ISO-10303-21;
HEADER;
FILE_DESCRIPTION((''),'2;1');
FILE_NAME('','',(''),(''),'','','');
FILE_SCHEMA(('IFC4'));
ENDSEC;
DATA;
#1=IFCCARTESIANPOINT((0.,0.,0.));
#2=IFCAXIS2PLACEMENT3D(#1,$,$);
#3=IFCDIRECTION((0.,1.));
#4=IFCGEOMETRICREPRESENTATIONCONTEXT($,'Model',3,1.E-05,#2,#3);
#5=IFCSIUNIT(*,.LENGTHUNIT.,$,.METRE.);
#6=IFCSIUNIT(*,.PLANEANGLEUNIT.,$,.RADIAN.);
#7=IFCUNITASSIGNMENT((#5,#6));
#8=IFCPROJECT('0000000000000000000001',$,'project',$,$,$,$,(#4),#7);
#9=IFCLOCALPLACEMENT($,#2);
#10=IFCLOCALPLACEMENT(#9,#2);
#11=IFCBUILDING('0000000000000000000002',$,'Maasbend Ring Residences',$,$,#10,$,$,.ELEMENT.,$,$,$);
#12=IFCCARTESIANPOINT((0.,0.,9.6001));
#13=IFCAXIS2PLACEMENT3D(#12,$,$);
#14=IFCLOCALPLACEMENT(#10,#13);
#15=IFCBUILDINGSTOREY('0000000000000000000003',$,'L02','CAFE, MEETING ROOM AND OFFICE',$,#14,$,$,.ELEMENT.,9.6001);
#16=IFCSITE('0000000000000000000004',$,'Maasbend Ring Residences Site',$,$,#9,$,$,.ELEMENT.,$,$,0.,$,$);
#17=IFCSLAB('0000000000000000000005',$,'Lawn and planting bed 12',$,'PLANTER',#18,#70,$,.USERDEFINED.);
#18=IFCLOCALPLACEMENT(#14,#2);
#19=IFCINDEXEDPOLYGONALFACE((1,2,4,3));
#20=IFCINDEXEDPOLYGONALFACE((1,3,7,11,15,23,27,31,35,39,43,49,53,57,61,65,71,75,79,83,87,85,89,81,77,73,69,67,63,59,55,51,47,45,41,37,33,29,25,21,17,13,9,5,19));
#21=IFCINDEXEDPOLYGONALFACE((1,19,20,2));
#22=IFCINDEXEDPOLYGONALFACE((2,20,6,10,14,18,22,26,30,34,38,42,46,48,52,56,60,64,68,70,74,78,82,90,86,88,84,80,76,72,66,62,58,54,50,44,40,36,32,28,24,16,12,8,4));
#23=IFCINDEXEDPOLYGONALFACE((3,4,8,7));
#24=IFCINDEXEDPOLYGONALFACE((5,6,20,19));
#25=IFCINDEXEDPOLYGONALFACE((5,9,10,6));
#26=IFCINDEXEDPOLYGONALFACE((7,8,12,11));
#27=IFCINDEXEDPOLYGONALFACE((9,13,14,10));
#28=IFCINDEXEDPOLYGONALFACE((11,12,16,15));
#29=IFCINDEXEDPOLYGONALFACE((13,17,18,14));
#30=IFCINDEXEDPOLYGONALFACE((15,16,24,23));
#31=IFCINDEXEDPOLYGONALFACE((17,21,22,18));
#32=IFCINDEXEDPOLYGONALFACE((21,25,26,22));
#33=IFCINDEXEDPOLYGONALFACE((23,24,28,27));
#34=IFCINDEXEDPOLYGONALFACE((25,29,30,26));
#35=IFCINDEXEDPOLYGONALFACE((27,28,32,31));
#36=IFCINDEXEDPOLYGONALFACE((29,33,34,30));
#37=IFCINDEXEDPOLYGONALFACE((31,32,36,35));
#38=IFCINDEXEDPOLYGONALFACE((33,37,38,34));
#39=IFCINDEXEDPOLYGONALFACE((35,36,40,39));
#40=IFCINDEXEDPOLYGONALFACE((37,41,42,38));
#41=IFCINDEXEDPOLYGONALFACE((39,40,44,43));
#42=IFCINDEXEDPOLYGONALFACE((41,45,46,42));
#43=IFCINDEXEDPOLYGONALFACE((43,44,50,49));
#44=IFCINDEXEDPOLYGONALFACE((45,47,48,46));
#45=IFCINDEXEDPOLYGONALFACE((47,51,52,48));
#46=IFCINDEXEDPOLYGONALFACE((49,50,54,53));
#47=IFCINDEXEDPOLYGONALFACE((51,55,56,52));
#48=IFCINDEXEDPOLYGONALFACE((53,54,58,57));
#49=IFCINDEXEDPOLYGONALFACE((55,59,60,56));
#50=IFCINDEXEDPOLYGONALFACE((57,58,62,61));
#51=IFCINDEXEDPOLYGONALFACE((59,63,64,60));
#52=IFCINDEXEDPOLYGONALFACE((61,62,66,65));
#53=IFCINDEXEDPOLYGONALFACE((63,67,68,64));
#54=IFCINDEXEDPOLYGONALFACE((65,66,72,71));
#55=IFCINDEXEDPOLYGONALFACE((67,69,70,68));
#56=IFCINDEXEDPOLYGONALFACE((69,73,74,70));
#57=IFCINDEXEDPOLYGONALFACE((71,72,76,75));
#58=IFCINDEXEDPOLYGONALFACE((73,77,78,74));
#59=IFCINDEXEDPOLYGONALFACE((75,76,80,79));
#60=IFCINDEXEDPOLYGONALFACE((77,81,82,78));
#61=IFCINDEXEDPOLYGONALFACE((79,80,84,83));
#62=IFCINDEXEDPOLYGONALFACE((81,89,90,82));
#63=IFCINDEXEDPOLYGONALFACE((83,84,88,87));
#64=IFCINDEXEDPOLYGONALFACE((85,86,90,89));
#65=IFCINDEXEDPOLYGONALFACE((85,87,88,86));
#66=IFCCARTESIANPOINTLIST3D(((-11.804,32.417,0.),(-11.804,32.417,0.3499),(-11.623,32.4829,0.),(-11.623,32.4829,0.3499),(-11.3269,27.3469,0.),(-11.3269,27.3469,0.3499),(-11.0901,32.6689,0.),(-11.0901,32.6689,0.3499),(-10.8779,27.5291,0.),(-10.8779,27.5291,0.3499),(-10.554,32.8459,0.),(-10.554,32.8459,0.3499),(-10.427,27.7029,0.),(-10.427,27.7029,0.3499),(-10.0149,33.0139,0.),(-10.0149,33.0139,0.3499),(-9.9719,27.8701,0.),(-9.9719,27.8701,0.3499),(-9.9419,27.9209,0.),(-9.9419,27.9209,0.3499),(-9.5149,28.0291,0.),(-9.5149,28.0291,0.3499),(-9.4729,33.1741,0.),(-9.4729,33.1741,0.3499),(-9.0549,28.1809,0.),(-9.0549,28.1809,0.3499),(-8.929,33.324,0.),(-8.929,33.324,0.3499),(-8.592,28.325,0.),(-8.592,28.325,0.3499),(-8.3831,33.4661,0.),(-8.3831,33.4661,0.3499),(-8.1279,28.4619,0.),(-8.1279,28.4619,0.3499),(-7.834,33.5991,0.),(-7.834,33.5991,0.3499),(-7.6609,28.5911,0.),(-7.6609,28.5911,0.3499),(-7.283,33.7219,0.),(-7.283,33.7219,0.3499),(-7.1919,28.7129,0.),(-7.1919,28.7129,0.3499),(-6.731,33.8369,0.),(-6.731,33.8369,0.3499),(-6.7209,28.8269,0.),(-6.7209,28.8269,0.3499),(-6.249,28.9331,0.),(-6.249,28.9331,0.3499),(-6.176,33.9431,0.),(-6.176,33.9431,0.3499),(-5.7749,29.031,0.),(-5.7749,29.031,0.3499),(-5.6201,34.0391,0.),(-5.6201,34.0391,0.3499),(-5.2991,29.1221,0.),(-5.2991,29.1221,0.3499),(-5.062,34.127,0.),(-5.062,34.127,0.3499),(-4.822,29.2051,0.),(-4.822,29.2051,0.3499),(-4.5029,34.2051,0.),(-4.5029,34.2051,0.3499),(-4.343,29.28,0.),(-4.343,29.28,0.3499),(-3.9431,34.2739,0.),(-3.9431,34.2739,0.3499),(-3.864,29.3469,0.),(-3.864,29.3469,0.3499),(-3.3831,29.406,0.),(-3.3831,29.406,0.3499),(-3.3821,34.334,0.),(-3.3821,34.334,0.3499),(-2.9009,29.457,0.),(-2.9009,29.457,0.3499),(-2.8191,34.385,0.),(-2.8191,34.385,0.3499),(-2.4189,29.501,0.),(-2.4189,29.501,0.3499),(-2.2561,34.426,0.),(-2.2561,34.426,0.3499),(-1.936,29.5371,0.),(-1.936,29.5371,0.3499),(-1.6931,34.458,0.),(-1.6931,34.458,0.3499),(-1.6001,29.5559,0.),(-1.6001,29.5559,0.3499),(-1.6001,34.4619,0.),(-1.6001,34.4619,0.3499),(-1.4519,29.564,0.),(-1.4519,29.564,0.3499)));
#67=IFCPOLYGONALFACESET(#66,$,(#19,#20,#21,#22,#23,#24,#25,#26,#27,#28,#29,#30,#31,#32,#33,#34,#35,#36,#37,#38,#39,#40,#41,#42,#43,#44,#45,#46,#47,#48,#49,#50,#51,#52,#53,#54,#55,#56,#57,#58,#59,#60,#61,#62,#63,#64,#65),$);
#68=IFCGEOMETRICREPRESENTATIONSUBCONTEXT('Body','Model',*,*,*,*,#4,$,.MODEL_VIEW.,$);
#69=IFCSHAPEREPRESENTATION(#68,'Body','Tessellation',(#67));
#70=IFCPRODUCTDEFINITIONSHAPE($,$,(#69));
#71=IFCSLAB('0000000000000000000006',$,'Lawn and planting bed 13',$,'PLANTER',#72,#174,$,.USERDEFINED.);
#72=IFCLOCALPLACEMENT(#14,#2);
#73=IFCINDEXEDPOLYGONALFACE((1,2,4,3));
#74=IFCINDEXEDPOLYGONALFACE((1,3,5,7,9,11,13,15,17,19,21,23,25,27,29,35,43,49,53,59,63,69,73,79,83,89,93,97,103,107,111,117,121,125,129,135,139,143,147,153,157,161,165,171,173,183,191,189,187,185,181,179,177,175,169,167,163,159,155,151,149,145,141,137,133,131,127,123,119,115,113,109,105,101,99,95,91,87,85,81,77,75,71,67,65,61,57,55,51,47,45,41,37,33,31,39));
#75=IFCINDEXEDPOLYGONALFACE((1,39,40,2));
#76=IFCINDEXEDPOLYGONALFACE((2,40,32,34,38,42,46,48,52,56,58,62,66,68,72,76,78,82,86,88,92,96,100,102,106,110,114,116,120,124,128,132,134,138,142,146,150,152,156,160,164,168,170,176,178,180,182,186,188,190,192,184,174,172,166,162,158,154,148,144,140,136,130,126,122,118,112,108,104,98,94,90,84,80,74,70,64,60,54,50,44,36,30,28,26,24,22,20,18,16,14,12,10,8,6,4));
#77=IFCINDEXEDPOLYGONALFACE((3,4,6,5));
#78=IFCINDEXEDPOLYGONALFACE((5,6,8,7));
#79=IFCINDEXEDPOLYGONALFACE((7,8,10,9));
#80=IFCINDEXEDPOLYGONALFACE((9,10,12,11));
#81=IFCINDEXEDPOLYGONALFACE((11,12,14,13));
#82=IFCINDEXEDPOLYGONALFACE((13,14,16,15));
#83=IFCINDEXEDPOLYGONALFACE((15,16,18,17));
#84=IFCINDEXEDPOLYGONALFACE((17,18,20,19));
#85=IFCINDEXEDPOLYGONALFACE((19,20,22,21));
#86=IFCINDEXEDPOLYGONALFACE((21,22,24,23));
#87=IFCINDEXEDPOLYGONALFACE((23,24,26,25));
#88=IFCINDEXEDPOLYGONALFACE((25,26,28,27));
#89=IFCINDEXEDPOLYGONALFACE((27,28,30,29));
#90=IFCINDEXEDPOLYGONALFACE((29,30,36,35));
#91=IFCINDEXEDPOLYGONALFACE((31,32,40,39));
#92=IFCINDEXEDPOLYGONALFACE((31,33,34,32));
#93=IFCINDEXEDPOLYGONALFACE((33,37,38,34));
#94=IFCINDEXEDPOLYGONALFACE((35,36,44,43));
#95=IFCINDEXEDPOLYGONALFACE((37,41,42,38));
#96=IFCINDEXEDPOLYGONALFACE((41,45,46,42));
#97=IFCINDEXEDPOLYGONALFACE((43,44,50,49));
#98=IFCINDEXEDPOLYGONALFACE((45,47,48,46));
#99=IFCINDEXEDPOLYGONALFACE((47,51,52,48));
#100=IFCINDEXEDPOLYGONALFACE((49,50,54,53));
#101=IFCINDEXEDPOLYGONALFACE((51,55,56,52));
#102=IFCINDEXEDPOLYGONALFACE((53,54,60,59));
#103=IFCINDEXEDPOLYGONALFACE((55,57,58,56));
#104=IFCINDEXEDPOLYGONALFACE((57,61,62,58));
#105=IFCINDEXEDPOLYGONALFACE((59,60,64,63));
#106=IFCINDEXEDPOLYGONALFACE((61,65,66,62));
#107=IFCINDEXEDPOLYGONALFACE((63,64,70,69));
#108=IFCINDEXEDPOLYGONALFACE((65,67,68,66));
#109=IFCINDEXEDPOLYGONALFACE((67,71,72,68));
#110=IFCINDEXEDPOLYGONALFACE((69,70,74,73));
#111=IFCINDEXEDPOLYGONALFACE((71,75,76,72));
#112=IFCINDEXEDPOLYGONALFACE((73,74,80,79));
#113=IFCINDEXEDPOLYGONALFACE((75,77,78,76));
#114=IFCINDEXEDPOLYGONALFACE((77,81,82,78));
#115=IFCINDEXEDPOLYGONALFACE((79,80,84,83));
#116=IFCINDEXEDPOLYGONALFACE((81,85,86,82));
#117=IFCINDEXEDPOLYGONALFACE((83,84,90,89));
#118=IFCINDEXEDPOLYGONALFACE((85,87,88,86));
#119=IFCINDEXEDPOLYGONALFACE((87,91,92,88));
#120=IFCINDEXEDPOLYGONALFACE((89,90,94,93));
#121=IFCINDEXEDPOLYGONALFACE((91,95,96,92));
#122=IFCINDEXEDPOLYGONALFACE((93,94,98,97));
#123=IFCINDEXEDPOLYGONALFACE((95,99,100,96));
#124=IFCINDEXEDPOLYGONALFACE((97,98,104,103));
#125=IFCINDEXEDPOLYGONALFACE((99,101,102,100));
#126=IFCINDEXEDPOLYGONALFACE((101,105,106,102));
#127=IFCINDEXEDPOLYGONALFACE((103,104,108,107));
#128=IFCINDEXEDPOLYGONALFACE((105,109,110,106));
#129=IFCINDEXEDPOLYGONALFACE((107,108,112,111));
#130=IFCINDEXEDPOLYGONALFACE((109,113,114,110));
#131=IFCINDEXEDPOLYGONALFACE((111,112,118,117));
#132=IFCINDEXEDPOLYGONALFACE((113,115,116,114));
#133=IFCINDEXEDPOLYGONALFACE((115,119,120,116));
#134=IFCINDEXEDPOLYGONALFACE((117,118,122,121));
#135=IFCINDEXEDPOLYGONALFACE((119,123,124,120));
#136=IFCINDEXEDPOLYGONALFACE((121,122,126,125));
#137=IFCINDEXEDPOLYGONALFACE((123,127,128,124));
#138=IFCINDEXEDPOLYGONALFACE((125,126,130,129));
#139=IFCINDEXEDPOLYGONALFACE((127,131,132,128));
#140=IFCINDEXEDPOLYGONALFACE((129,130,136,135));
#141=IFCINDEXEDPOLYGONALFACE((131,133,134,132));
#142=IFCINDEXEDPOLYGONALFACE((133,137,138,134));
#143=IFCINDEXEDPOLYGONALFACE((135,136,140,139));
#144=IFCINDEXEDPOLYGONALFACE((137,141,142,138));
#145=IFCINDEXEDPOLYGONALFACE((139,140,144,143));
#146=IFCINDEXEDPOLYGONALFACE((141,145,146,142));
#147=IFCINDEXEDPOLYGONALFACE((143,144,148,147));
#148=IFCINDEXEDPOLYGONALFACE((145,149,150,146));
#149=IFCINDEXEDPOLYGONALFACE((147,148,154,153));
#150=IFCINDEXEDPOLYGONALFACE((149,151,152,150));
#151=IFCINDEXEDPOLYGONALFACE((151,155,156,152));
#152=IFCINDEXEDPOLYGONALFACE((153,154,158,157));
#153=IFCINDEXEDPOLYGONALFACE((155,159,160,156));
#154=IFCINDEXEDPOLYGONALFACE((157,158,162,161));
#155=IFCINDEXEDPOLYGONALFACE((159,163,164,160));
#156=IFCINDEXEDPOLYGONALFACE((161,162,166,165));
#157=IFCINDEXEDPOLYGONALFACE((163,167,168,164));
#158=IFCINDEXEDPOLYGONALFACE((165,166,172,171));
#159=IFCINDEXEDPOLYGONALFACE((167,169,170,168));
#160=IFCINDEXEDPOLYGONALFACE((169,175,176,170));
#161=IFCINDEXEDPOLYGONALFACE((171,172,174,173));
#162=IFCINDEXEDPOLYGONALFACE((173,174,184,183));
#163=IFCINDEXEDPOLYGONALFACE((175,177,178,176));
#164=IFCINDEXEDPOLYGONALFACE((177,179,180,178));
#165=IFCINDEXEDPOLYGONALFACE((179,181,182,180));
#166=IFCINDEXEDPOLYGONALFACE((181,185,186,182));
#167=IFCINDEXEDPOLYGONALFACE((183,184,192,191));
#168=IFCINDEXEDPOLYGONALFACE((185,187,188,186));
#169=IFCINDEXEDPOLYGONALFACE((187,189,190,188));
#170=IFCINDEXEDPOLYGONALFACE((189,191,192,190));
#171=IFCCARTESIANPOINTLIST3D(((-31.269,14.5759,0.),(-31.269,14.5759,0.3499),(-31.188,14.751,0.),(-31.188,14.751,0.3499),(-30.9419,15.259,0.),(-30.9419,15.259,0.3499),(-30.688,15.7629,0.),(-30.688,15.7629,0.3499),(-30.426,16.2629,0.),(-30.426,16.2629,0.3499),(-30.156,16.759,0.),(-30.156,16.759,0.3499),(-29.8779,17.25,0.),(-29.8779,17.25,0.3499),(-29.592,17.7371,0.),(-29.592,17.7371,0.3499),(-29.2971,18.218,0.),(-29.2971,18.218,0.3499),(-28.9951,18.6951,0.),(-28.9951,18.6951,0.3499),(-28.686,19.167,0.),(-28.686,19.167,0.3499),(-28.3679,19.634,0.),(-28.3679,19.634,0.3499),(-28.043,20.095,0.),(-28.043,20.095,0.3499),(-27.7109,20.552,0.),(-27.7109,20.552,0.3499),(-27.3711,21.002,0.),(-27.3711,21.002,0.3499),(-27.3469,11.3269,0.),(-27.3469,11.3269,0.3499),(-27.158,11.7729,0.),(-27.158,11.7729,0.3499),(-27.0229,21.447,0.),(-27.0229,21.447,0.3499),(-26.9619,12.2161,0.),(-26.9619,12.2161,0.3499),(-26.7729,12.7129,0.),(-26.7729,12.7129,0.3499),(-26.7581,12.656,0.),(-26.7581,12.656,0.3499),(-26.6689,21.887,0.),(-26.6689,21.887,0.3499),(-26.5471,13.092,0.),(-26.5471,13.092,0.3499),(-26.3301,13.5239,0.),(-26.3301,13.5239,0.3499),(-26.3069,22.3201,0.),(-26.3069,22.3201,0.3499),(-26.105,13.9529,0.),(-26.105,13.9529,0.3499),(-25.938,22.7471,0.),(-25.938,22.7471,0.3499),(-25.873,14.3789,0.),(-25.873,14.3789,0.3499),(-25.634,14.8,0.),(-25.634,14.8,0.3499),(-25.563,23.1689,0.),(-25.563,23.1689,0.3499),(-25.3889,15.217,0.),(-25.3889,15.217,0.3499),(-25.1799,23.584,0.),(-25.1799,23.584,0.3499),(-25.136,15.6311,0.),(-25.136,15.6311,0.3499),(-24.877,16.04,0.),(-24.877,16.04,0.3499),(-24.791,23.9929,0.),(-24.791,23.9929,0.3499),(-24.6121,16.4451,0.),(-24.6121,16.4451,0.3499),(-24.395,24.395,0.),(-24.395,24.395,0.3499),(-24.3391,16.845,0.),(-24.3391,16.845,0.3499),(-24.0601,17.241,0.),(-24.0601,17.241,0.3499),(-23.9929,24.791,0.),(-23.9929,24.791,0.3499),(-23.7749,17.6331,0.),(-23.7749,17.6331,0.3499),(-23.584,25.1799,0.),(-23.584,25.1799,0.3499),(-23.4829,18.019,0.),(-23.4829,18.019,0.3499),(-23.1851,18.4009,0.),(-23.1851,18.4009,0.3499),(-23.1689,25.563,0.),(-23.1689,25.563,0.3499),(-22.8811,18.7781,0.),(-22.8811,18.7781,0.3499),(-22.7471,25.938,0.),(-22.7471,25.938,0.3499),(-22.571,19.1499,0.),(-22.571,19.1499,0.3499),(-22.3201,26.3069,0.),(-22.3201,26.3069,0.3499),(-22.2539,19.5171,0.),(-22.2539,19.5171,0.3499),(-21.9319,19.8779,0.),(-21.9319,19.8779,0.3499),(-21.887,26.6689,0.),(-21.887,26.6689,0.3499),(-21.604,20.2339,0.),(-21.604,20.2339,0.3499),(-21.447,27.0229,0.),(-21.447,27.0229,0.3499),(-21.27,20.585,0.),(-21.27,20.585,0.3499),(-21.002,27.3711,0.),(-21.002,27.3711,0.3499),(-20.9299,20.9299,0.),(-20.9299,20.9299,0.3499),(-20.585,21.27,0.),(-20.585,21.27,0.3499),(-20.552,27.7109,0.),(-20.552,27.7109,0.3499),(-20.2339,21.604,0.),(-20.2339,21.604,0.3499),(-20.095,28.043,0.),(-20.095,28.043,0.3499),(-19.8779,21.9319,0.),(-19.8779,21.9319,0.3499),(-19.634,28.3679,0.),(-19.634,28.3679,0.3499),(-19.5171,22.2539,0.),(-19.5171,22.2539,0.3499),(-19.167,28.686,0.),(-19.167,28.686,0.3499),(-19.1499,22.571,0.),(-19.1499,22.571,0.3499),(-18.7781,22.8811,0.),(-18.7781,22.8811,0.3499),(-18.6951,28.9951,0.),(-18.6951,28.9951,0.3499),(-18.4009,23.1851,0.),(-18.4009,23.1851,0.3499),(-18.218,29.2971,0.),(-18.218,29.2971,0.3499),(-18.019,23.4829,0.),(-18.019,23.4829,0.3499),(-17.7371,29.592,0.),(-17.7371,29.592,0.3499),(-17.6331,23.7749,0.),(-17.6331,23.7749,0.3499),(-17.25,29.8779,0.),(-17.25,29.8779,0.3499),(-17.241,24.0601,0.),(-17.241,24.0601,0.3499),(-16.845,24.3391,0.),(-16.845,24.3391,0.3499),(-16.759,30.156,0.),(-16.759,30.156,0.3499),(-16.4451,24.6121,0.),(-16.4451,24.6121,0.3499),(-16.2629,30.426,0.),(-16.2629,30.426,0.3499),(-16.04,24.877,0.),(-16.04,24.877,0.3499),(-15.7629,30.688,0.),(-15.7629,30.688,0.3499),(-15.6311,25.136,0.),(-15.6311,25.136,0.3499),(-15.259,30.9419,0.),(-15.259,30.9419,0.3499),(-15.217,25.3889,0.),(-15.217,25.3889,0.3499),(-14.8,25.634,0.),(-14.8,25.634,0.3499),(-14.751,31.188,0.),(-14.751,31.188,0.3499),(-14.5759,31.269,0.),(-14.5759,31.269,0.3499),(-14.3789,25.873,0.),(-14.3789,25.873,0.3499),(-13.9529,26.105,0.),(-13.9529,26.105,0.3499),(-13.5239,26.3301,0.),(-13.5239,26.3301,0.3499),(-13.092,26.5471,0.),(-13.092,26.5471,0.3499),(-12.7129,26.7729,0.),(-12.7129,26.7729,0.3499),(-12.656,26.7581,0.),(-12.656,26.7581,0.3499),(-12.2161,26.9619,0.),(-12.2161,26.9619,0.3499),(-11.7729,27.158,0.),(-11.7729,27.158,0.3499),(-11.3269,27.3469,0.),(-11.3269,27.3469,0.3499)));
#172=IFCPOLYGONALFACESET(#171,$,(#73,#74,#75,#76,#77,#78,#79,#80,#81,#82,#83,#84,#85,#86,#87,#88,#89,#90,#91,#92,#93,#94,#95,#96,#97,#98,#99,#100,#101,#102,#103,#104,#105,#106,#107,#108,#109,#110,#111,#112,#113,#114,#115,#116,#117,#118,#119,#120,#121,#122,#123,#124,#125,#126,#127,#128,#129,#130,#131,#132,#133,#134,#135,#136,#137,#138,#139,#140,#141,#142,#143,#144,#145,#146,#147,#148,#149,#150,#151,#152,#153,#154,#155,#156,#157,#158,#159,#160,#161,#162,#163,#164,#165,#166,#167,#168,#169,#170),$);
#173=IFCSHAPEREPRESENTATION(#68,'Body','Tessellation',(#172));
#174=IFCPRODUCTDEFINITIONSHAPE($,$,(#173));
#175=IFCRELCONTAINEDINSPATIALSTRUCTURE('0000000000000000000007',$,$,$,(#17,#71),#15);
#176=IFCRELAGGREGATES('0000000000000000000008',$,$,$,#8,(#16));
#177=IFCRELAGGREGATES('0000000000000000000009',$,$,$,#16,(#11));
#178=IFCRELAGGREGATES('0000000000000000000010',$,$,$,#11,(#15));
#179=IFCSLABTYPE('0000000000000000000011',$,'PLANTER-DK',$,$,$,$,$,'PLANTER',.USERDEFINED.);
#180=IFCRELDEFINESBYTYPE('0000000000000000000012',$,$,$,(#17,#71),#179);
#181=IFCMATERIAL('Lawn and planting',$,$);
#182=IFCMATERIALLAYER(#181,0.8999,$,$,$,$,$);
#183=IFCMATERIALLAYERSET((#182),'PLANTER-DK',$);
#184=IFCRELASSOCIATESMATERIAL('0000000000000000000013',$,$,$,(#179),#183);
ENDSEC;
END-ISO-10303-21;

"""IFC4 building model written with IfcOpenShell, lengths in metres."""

from ifc_helpers import new_model, si_unit, direction, frame, origin, place, context, subcontext, project, spatial, polyline, outline, extrude, material, layer, layer_set, type_object, element, save


model = new_model("IFC4")

# Units and contexts
model_context = context("Model", 3, precision=1e-05, world=origin(), true_north=direction((0.0, 1.0)))
body_context = subcontext(model_context, "Body", "Model", "MODEL_VIEW")
ifc_project = project(units=[si_unit("LENGTHUNIT", "METRE"), si_unit("PLANEANGLEUNIT", "RADIAN")], contexts=[model_context])

# Site, building, storey
site_placement = place(None, origin())
site = spatial("IfcSite", under=ifc_project, at=site_placement, Name="Maasbend Ring Residences Site", CompositionType="ELEMENT", RefElevation=0.0)
building_placement = place(site_placement, origin())
building = spatial("IfcBuilding", under=site, at=building_placement, Name="Maasbend Ring Residences", CompositionType="ELEMENT")
storey_placement = place(building_placement, frame((0.0, 0.0, 9.6001)))
storey = spatial("IfcBuildingStorey", under=building, at=storey_placement, Name="L02", Description="CAFE, MEETING ROOM AND OFFICE", CompositionType="ELEMENT", Elevation=9.6001)

# Slabs
ifc_material = material(Name="Lawn and planting")
ifc_layer = layer(ifc_material, 0.8999)
ifc_layer_set = layer_set([ifc_layer], Name="PLANTER-DK")
slab_type = type_object("IfcSlabType", Name="PLANTER-DK", ElementType="PLANTER", PredefinedType="USERDEFINED", material=ifc_layer_set)
slab_1_placement = place(storey_placement, origin())
element("IfcSlab", 1, at=slab_1_placement, inside=storey, type_object=slab_type, Name="Lawn and planting bed 12", ObjectType="PLANTER", PredefinedType="USERDEFINED", context=body_context, shape_type="SweptSolid", body=[
    extrude(outline(polyline([(-2.4189, 29.501), (-2.9009, 29.457), (-3.3831, 29.406), (-3.864, 29.3469), (-4.343, 29.28), (-4.822, 29.2051), (-5.2991, 29.1221), (-5.7749, 29.031), (-6.249, 28.9331), (-6.7209, 28.8269), (-7.1919, 28.7129), (-7.6609, 28.5911), (-8.1279, 28.4619), (-8.592, 28.325), (-9.0549, 28.1809), (-9.5149, 28.0291), (-9.9719, 27.8701), (-10.427, 27.7029), (-10.8779, 27.5291), (-11.3269, 27.3469), (-9.9419, 27.9209), (-11.804, 32.417), (-11.623, 32.4829), (-11.0901, 32.6689), (-10.554, 32.8459), (-10.0149, 33.0139), (-9.4729, 33.1741), (-8.929, 33.324), (-8.3831, 33.4661), (-7.834, 33.5991), (-7.283, 33.7219), (-6.731, 33.8369), (-6.176, 33.9431), (-5.6201, 34.0391), (-5.062, 34.127), (-4.5029, 34.2051), (-3.9431, 34.2739), (-3.3821, 34.334), (-2.8191, 34.385), (-2.2561, 34.426), (-1.6931, 34.458), (-1.6001, 34.4619), (-1.6001, 29.5559), (-1.4519, 29.564), (-1.936, 29.5371), (-2.4189, 29.501)])), origin(), (0.0, 0.0, 1.0), 0.3499),
])
slab_2_placement = place(storey_placement, origin())
element("IfcSlab", 2, at=slab_2_placement, inside=storey, type_object=slab_type, Name="Lawn and planting bed 13", ObjectType="PLANTER", PredefinedType="USERDEFINED", context=body_context, shape_type="SweptSolid", body=[
    extrude(outline(polyline([(-12.2161, 26.9619), (-12.656, 26.7581), (-13.092, 26.5471), (-13.5239, 26.3301), (-13.9529, 26.105), (-14.3789, 25.873), (-14.8, 25.634), (-15.217, 25.3889), (-15.6311, 25.136), (-16.04, 24.877), (-16.4451, 24.6121), (-16.845, 24.3391), (-17.241, 24.0601), (-17.6331, 23.7749), (-18.019, 23.4829), (-18.4009, 23.1851), (-18.7781, 22.8811), (-19.1499, 22.571), (-19.5171, 22.2539), (-19.8779, 21.9319), (-20.2339, 21.604), (-20.585, 21.27), (-20.9299, 20.9299), (-21.27, 20.585), (-21.604, 20.2339), (-21.9319, 19.8779), (-22.2539, 19.5171), (-22.571, 19.1499), (-22.8811, 18.7781), (-23.1851, 18.4009), (-23.4829, 18.019), (-23.7749, 17.6331), (-24.0601, 17.241), (-24.3391, 16.845), (-24.6121, 16.4451), (-24.877, 16.04), (-25.136, 15.6311), (-25.3889, 15.217), (-25.634, 14.8), (-25.873, 14.3789), (-26.105, 13.9529), (-26.3301, 13.5239), (-26.5471, 13.092), (-26.7581, 12.656), (-26.9619, 12.2161), (-27.158, 11.7729), (-27.3469, 11.3269), (-26.7729, 12.7129), (-31.269, 14.5759), (-31.188, 14.751), (-30.9419, 15.259), (-30.688, 15.7629), (-30.426, 16.2629), (-30.156, 16.759), (-29.8779, 17.25), (-29.592, 17.7371), (-29.2971, 18.218), (-28.9951, 18.6951), (-28.686, 19.167), (-28.3679, 19.634), (-28.043, 20.095), (-27.7109, 20.552), (-27.3711, 21.002), (-27.0229, 21.447), (-26.6689, 21.887), (-26.3069, 22.3201), (-25.938, 22.7471), (-25.563, 23.1689), (-25.1799, 23.584), (-24.791, 23.9929), (-24.395, 24.395), (-23.9929, 24.791), (-23.584, 25.1799), (-23.1689, 25.563), (-22.7471, 25.938), (-22.3201, 26.3069), (-21.887, 26.6689), (-21.447, 27.0229), (-21.002, 27.3711), (-20.552, 27.7109), (-20.095, 28.043), (-19.634, 28.3679), (-19.167, 28.686), (-18.6951, 28.9951), (-18.218, 29.2971), (-17.7371, 29.592), (-17.25, 29.8779), (-16.759, 30.156), (-16.2629, 30.426), (-15.7629, 30.688), (-15.259, 30.9419), (-14.751, 31.188), (-14.5759, 31.269), (-12.7129, 26.7729), (-11.3269, 27.3469), (-11.7729, 27.158), (-12.2161, 26.9619)])), origin(), (0.0, 0.0, 1.0), 0.3499),
])

save(model, "model.ifc")
